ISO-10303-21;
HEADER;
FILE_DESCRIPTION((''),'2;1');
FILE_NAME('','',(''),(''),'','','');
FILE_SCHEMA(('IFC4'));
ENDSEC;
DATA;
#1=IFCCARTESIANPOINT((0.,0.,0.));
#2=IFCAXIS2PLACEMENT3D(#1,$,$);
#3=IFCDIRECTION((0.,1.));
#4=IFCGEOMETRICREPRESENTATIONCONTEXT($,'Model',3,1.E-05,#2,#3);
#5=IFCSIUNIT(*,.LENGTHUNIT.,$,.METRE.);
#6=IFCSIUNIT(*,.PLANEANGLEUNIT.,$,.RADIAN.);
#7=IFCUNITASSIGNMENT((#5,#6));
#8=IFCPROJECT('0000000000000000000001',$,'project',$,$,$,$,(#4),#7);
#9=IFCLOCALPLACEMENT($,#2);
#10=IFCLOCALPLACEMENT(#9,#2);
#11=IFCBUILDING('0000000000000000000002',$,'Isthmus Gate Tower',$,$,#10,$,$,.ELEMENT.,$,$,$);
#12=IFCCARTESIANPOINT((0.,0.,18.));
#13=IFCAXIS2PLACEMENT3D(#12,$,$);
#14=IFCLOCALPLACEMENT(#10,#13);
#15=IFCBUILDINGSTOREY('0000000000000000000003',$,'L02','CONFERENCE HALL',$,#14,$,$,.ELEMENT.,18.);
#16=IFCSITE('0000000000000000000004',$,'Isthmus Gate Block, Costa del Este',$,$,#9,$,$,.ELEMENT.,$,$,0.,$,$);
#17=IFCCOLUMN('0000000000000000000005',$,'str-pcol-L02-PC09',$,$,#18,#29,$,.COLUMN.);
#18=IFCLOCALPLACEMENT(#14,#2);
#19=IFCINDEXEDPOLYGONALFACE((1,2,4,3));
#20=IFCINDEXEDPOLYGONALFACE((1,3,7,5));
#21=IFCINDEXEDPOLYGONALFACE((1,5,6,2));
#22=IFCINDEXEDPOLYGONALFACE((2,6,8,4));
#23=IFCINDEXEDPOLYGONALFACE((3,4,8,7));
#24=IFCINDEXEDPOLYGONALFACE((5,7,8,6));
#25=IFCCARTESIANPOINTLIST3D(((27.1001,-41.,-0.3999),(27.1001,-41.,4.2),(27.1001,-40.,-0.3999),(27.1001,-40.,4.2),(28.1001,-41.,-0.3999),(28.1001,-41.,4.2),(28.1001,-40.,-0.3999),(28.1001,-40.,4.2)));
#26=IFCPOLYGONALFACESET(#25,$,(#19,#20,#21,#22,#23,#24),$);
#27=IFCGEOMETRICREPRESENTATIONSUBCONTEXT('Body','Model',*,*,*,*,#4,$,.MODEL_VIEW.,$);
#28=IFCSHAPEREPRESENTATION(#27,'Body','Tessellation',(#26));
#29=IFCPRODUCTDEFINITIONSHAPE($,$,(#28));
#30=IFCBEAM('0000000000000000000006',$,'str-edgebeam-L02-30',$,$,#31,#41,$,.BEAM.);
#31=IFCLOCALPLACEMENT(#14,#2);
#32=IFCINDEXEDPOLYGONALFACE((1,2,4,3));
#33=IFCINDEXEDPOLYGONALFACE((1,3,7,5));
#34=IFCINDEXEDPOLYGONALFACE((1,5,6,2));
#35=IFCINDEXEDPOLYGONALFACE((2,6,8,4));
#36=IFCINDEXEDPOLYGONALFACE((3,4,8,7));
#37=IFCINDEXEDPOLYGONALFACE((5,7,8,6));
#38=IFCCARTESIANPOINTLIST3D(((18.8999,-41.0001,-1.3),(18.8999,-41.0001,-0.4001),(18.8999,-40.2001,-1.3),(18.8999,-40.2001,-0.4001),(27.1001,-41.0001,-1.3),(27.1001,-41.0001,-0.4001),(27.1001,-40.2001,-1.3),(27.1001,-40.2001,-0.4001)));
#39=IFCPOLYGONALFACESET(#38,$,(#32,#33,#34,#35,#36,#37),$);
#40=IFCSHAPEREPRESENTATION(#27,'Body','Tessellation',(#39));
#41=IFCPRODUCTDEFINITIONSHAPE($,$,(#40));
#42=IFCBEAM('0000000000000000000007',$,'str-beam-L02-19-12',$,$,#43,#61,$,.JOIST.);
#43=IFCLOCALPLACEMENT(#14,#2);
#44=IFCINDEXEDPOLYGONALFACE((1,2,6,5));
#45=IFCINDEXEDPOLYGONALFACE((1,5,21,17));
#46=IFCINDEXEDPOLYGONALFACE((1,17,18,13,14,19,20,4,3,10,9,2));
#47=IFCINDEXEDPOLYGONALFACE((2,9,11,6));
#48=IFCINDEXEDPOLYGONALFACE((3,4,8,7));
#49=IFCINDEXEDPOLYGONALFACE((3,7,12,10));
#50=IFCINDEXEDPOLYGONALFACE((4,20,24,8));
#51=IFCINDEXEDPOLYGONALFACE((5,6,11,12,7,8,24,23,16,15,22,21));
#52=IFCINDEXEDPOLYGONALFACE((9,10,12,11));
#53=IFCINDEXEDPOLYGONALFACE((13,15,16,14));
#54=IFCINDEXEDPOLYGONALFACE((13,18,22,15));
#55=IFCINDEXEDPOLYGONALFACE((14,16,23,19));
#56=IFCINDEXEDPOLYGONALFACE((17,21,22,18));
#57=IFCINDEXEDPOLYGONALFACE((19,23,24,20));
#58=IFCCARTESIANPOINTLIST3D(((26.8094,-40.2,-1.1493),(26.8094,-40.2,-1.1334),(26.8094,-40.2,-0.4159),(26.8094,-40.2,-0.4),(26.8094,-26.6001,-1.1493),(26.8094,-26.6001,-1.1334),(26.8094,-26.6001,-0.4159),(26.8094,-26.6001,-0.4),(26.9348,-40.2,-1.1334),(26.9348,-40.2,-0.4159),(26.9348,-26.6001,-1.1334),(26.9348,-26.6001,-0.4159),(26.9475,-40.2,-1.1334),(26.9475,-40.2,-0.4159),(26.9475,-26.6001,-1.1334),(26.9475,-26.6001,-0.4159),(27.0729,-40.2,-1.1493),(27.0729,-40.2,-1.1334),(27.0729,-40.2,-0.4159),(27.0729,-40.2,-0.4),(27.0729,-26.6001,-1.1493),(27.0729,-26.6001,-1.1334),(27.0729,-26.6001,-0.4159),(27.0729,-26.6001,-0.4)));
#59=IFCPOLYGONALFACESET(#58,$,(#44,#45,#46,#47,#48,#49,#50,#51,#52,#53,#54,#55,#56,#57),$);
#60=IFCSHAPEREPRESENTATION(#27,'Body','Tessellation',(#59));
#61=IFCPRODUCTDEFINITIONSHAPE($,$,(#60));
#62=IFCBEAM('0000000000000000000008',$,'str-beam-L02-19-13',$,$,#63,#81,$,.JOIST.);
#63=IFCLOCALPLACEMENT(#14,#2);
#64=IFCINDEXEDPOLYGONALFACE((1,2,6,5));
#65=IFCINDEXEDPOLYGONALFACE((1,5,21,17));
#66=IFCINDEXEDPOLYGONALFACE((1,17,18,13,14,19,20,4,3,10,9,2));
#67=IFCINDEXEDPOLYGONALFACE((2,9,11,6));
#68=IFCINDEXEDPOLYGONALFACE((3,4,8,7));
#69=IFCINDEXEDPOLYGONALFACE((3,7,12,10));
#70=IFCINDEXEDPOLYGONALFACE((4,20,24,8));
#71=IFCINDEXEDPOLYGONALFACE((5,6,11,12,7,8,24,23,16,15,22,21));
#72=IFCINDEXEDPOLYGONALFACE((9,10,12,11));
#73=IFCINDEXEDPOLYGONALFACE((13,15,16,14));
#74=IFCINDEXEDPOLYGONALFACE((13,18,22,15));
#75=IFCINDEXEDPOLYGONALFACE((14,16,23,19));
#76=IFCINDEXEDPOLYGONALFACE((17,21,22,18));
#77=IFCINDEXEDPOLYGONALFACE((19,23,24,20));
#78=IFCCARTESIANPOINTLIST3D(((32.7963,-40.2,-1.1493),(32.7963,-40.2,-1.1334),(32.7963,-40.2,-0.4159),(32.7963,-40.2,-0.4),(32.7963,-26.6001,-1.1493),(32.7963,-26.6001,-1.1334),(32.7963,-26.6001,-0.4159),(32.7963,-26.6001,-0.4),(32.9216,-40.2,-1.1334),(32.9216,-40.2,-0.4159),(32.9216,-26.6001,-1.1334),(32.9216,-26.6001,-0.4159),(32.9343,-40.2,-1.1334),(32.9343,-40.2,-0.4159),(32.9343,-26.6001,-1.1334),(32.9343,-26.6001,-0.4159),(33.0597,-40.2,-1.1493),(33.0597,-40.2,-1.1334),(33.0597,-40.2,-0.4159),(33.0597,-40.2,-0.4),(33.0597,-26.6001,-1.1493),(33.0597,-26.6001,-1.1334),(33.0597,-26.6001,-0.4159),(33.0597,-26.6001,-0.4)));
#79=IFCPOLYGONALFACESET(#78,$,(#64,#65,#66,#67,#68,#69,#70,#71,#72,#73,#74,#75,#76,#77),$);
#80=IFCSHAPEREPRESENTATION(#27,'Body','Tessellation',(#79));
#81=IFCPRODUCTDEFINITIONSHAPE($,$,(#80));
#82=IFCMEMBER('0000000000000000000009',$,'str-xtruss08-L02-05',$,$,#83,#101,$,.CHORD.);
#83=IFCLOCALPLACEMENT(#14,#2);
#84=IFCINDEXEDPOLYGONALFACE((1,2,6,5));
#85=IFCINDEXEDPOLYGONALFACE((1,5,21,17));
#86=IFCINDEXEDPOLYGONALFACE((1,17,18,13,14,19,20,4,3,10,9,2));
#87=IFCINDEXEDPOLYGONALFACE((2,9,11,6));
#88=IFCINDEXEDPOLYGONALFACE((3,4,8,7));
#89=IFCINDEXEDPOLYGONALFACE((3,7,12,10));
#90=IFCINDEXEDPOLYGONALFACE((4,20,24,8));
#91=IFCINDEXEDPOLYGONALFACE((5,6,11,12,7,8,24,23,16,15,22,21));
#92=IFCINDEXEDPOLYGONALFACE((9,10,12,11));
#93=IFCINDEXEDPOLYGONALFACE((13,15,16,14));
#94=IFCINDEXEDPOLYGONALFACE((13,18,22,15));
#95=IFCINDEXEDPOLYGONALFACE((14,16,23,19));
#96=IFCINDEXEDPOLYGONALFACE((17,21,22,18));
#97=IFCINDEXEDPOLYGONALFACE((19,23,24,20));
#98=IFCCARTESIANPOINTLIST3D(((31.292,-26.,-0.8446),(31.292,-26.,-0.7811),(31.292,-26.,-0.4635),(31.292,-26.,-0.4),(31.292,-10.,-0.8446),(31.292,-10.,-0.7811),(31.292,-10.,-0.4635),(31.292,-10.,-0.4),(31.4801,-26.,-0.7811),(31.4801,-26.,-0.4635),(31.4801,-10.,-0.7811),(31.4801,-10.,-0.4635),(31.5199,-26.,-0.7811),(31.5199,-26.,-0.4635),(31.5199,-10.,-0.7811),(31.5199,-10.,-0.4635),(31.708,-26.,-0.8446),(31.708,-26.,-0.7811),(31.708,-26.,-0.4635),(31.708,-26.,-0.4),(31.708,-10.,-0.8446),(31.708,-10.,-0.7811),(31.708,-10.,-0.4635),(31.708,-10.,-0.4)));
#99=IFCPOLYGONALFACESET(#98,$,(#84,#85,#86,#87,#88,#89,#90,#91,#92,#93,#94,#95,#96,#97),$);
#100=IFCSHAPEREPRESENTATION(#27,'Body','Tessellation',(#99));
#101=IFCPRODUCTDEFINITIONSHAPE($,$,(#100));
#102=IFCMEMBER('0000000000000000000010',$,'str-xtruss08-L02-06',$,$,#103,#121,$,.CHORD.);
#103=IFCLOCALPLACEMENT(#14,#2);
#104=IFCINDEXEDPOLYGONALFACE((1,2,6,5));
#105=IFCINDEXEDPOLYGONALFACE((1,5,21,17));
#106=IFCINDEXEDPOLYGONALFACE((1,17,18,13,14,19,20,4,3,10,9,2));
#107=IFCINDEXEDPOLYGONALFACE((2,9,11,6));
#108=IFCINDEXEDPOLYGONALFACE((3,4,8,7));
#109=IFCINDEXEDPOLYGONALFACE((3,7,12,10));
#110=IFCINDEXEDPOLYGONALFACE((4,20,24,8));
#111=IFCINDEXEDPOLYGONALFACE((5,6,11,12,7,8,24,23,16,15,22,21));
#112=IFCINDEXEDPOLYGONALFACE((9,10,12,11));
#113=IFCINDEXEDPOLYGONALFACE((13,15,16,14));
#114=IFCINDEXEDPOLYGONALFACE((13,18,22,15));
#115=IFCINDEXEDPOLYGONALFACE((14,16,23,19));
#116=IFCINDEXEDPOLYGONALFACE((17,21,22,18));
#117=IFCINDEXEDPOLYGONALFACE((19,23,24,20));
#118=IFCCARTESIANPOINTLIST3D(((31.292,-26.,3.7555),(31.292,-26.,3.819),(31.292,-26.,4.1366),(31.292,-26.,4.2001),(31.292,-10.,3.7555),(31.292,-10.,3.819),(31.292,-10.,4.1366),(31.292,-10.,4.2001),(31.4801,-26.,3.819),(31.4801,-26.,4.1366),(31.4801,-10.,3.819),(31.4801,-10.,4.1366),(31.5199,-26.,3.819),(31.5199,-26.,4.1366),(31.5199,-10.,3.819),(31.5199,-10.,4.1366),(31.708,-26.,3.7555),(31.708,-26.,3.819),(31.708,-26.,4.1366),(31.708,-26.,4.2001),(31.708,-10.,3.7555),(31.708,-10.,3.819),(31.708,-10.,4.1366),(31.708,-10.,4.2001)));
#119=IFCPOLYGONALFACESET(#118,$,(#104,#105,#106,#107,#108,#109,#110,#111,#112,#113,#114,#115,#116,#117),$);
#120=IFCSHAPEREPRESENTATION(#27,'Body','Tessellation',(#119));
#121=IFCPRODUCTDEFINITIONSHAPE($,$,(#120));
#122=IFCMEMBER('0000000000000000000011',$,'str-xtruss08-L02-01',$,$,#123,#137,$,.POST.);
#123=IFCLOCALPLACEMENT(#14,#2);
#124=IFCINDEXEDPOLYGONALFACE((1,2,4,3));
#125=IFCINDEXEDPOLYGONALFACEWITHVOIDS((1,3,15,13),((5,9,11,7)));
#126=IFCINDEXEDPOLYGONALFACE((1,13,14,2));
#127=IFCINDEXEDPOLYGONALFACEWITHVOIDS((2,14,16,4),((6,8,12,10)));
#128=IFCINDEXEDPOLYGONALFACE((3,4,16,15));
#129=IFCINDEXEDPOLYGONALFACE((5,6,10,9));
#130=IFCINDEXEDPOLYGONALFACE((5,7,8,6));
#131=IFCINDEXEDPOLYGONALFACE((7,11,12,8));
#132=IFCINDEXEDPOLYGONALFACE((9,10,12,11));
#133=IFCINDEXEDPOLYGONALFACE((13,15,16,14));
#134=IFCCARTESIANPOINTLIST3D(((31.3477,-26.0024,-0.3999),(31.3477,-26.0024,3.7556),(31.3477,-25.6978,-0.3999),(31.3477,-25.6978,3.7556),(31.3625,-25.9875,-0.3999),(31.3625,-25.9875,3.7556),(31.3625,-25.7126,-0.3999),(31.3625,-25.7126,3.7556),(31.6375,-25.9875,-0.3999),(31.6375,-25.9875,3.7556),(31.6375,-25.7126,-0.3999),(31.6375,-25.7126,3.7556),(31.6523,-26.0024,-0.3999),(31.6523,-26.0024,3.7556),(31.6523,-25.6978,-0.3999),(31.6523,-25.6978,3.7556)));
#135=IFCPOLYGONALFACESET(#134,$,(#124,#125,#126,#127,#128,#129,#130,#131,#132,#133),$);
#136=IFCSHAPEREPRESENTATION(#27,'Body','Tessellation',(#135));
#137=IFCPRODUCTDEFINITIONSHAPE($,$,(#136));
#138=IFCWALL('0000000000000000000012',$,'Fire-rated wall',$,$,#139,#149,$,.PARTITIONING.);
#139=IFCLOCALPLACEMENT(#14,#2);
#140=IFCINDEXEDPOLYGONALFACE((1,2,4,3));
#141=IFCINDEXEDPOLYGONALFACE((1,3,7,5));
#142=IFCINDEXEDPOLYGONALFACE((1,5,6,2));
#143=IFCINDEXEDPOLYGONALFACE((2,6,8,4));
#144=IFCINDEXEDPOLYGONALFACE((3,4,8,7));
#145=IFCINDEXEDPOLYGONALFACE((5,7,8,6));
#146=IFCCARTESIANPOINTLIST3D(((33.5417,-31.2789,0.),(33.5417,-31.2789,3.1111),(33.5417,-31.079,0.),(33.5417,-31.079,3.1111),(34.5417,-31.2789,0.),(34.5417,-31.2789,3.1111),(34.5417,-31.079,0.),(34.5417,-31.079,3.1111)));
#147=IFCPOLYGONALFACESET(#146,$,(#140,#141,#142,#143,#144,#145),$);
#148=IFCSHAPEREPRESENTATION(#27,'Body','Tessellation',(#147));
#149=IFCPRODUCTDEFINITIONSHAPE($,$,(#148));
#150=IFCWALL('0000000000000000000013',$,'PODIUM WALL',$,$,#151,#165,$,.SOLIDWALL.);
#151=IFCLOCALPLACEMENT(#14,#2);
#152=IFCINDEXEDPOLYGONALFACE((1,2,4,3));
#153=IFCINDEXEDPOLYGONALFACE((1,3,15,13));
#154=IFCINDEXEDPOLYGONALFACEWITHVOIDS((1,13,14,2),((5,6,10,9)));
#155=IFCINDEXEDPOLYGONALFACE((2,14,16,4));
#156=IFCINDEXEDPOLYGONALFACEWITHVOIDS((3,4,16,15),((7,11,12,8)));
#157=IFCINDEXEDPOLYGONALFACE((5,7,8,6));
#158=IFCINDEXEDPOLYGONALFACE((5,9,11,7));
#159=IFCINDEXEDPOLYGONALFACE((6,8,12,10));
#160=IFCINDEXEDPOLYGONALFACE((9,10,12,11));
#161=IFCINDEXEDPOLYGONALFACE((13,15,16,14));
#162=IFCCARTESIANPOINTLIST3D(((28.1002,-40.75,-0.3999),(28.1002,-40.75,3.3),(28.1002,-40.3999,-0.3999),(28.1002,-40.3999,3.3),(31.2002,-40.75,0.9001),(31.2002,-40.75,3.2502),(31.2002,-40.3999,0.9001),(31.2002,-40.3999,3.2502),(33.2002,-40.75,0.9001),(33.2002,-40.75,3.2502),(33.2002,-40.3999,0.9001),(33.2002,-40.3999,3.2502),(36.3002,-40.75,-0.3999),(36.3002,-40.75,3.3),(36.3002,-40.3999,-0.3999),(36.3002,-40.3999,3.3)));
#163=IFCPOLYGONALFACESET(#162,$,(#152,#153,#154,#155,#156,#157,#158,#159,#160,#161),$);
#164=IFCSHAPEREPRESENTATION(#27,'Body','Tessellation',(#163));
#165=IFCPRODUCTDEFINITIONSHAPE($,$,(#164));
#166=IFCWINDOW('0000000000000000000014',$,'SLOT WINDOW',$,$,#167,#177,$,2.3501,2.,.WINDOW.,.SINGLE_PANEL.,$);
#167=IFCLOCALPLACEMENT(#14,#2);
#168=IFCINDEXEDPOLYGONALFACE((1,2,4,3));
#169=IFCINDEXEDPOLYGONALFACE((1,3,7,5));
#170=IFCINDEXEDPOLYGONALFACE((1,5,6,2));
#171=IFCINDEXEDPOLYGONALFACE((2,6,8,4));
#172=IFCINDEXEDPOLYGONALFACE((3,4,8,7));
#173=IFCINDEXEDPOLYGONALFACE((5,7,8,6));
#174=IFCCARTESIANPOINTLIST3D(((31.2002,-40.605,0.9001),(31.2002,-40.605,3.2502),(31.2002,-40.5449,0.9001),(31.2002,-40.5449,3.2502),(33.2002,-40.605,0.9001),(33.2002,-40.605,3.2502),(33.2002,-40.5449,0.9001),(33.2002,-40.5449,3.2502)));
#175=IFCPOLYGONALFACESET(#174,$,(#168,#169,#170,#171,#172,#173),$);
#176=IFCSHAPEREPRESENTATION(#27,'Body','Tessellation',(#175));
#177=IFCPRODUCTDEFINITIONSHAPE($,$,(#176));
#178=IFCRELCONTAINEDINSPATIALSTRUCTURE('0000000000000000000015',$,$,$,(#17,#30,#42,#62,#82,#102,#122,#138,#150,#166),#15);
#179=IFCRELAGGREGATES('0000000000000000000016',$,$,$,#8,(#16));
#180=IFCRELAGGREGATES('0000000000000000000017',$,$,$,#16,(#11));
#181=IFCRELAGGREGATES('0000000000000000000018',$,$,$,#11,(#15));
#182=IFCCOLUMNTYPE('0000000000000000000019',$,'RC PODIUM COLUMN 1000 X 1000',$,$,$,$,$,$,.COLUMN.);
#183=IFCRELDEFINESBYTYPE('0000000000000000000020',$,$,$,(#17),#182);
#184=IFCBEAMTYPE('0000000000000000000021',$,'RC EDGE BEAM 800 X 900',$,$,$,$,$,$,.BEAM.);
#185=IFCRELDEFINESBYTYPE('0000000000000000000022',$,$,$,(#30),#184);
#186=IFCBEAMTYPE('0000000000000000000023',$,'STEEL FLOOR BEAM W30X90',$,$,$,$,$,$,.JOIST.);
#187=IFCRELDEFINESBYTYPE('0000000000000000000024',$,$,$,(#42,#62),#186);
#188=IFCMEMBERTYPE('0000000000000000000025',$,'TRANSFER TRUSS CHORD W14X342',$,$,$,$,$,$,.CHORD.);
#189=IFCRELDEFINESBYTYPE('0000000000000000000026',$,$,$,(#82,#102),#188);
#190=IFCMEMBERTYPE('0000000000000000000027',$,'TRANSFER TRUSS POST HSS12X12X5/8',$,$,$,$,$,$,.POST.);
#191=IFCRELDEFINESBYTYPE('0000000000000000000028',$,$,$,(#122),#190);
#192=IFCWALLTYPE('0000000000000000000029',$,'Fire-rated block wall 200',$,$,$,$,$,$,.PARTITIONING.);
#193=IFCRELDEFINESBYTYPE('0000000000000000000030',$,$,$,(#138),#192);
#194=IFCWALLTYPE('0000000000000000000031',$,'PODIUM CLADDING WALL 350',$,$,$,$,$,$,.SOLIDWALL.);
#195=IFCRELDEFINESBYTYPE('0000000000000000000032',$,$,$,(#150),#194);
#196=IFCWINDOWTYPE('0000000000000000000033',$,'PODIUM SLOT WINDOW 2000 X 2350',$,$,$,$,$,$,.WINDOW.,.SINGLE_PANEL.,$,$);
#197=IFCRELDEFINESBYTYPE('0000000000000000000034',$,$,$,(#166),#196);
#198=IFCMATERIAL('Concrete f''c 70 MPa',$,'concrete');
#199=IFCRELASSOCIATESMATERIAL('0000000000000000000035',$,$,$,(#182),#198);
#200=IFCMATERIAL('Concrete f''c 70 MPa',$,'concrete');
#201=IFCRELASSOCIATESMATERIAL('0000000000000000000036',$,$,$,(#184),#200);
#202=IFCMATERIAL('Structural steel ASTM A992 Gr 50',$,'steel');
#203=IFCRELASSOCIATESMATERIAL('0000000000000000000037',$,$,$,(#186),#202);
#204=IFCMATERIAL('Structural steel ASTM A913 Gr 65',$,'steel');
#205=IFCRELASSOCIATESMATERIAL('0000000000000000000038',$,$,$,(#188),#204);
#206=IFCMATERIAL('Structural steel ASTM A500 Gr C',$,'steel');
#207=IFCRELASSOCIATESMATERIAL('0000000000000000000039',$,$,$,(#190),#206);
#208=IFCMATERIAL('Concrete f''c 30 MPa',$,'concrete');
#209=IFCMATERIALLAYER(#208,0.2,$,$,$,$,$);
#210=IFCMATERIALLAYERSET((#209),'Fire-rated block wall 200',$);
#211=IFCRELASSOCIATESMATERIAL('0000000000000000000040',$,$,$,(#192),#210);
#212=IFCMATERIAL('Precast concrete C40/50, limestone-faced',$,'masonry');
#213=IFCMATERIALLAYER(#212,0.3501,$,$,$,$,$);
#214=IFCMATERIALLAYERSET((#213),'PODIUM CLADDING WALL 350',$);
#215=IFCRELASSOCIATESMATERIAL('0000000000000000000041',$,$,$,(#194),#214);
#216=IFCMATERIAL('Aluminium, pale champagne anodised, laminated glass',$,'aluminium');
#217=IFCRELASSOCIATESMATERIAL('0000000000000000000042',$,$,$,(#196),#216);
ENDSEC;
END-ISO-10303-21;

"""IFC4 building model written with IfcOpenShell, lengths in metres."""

from ifc_helpers import new_model, si_unit, direction, frame, frame_2d, origin, origin_2d, place, context, subcontext, project, spatial, rectangle, hollow_rectangle, i_section, extrude, material, layer, layer_set, material_profile, profile_set, type_object, element, fill, save


model = new_model("IFC4")

# Units and contexts
model_context = context("Model", 3, precision=1e-05, world=origin(), true_north=direction((0.0, 1.0)))
body_context = subcontext(model_context, "Body", "Model", "MODEL_VIEW")
ifc_project = project(units=[si_unit("LENGTHUNIT", "METRE"), si_unit("PLANEANGLEUNIT", "RADIAN")], contexts=[model_context])

# Site, building, storey
site_placement = place(None, origin())
site = spatial("IfcSite", under=ifc_project, at=site_placement, Name="Isthmus Gate Block, Costa del Este", CompositionType="ELEMENT", RefElevation=0.0)
building_placement = place(site_placement, origin())
building = spatial("IfcBuilding", under=site, at=building_placement, Name="Isthmus Gate Tower", CompositionType="ELEMENT")
storey_placement = place(building_placement, frame((0.0, 0.0, 18.0)))
storey = spatial("IfcBuildingStorey", under=building, at=storey_placement, Name="L02", Description="CONFERENCE HALL", CompositionType="ELEMENT", Elevation=18.0)

# Column
ifc_material_1 = material(Name="Concrete f'c 70 MPa", Category="concrete")
ifc_material_profile_1 = material_profile(ifc_material_1, rectangle(XDim=1.0, YDim=1.0, at=origin_2d()), Name="RC 1000X1000")
ifc_profile_set_1 = profile_set([ifc_material_profile_1], Name="Concrete f'c 70 MPa")
column_type = type_object("IfcColumnType", Name="RC PODIUM COLUMN 1000 X 1000", PredefinedType="COLUMN", material=ifc_profile_set_1)
column_placement = place(storey_placement, frame((27.6001, -40.5, -0.3999), z_axis=(0.0, 0.0, 1.0), x_axis=(1.0, 0.0, 0.0)))
element("IfcColumn", 1, at=column_placement, inside=storey, type_object=column_type, Name="str-pcol-L02-PC09", PredefinedType="COLUMN", context=body_context, shape_type="SweptSolid", body=[
    extrude(rectangle(XDim=1.0, YDim=1.0, at=origin_2d()), origin(), (0.0, 0.0, 1.0), 4.5999),
])

# Beams
ifc_material_2 = material(Name="Concrete f'c 70 MPa", Category="concrete")
ifc_material_profile_2 = material_profile(ifc_material_2, rectangle(XDim=0.8, YDim=0.8999, at=origin_2d()), Name="RC 800X900")
ifc_profile_set_2 = profile_set([ifc_material_profile_2], Name="Concrete f'c 70 MPa")
beam_type_1 = type_object("IfcBeamType", Name="RC EDGE BEAM 800 X 900", PredefinedType="BEAM", material=ifc_profile_set_2)
beam_placement = place(storey_placement, frame((27.1001, -40.6001, -0.8501), z_axis=(-1.0, 0.0, 0.0), x_axis=(0.0, -1.0, 0.0)))
element("IfcBeam", 2, at=beam_placement, inside=storey, type_object=beam_type_1, Name="str-edgebeam-L02-30", PredefinedType="BEAM", context=body_context, shape_type="SweptSolid", body=[
    extrude(rectangle(XDim=0.8, YDim=0.8999, at=origin_2d()), origin(), (0.0, 0.0, 1.0), 8.2002),
])
ifc_material_3 = material(Name="Structural steel ASTM A992 Gr 50", Category="steel")
ifc_material_profile_3 = material_profile(ifc_material_3, i_section(OverallWidth=0.2634, OverallDepth=0.7493, WebThickness=0.0127, FlangeThickness=0.0159, at=origin_2d()), Name="W30X90")
ifc_profile_set_3 = profile_set([ifc_material_profile_3], Name="Structural steel ASTM A992 Gr 50")
beam_type_2 = type_object("IfcBeamType", Name="STEEL FLOOR BEAM W30X90", PredefinedType="JOIST", material=ifc_profile_set_3)
for number, where, z_axis, x_axis, name in (
    (3, (26.9412, -40.2, -0.7747), (0.0, 1.0, 0.0), (-1.0, 0.0, 0.0), "str-beam-L02-19-12"),
    (4, (32.928, -40.2, -0.7747), (0.0, 1.0, 0.0), (-1.0, 0.0, 0.0), "str-beam-L02-19-13"),
):
    element("IfcBeam", number, at=place(storey_placement, frame(where, z_axis=z_axis, x_axis=x_axis)), inside=storey, type_object=beam_type_2, Name=name, PredefinedType="JOIST", context=body_context, shape_type="SweptSolid", body=[
        extrude(i_section(OverallWidth=0.2634, OverallDepth=0.7493, WebThickness=0.0127, FlangeThickness=0.0159, at=origin_2d()), origin(), (0.0, 0.0, 1.0), 13.5999),
    ])

# Members
ifc_material_4 = material(Name="Structural steel ASTM A913 Gr 65", Category="steel")
ifc_material_profile_4 = material_profile(ifc_material_4, i_section(OverallWidth=0.416, OverallDepth=0.4446, WebThickness=0.0398, FlangeThickness=0.0635, at=origin_2d()), Name="W14X342")
ifc_profile_set_4 = profile_set([ifc_material_profile_4], Name="Structural steel ASTM A913 Gr 65")
member_type_1 = type_object("IfcMemberType", Name="TRANSFER TRUSS CHORD W14X342", PredefinedType="CHORD", material=ifc_profile_set_4)
for number, where, z_axis, x_axis, name in (
    (5, (31.5, -26.0, -0.6223), (0.0, 1.0, 0.0), (-1.0, 0.0, 0.0), "str-xtruss08-L02-05"),
    (6, (31.5, -26.0, 3.9778), (0.0, 1.0, 0.0), (-1.0, 0.0, 0.0), "str-xtruss08-L02-06"),
):
    element("IfcMember", number, at=place(storey_placement, frame(where, z_axis=z_axis, x_axis=x_axis)), inside=storey, type_object=member_type_1, Name=name, PredefinedType="CHORD", context=body_context, shape_type="SweptSolid", body=[
        extrude(i_section(OverallWidth=0.416, OverallDepth=0.4446, WebThickness=0.0398, FlangeThickness=0.0635, at=origin_2d()), origin(), (0.0, 0.0, 1.0), 16.0),
    ])
ifc_material_5 = material(Name="Structural steel ASTM A500 Gr C", Category="steel")
ifc_material_profile_5 = material_profile(ifc_material_5, hollow_rectangle(XDim=0.3047, YDim=0.3047, WallThickness=0.0149, at=origin_2d()), Name="HSS12X12X5/8")
ifc_profile_set_5 = profile_set([ifc_material_profile_5], Name="Structural steel ASTM A500 Gr C")
member_type_2 = type_object("IfcMemberType", Name="TRANSFER TRUSS POST HSS12X12X5/8", PredefinedType="POST", material=ifc_profile_set_5)
member_placement = place(storey_placement, frame((31.5, -25.8501, -0.3999), z_axis=(0.0, 0.0, 1.0), x_axis=(1.0, 0.0, 0.0)))
element("IfcMember", 7, at=member_placement, inside=storey, type_object=member_type_2, Name="str-xtruss08-L02-01", PredefinedType="POST", context=body_context, shape_type="SweptSolid", body=[
    extrude(hollow_rectangle(XDim=0.3047, YDim=0.3047, WallThickness=0.0149, at=origin_2d()), origin(), (0.0, 0.0, 1.0), 4.1555),
])

# Wall
ifc_material_6 = material(Name="Concrete f'c 30 MPa", Category="concrete")
ifc_layer_1 = layer(ifc_material_6, 0.2)
ifc_layer_set_1 = layer_set([ifc_layer_1], Name="Fire-rated block wall 200")
wall_type_1 = type_object("IfcWallType", Name="Fire-rated block wall 200", PredefinedType="PARTITIONING", material=ifc_layer_set_1)
wall_1_placement = place(storey_placement, frame((33.5417, -31.179, 0.0), z_axis=(0.0, 0.0, 1.0), x_axis=(1.0, 0.0, 0.0)))
element("IfcWall", 8, at=wall_1_placement, inside=storey, type_object=wall_type_1, Name="Fire-rated wall", PredefinedType="PARTITIONING", context=body_context, shape_type="SweptSolid", body=[
    extrude(rectangle(XDim=1.0, YDim=0.2, at=frame_2d((0.5, 0.0))), origin(), (0.0, 0.0, 1.0), 3.1111),
])

# Wall, opening, window
ifc_material_7 = material(Name="Precast concrete C40/50, limestone-faced", Category="masonry")
ifc_layer_2 = layer(ifc_material_7, 0.3501)
ifc_layer_set_2 = layer_set([ifc_layer_2], Name="PODIUM CLADDING WALL 350")
wall_type_2 = type_object("IfcWallType", Name="PODIUM CLADDING WALL 350", PredefinedType="SOLIDWALL", material=ifc_layer_set_2)
wall_2_placement = place(storey_placement, frame((28.1001, -40.575, -0.3999), z_axis=(0.0, 0.0, 1.0), x_axis=(1.0, 0.0, 0.0)))
wall_2 = element("IfcWall", 9, at=wall_2_placement, inside=storey, type_object=wall_type_2, Name="PODIUM WALL", PredefinedType="SOLIDWALL", context=body_context, shape_type="SweptSolid", body=[
    extrude(rectangle(XDim=8.2, YDim=0.3501, at=frame_2d((4.1001, 0.0))), origin(), (0.0, 0.0, 1.0), 3.7),
])
opening_1_placement = place(wall_2_placement, frame((3.1001, 0.0, 1.3)))
opening_1 = element("IfcOpeningElement", 10, at=opening_1_placement, cuts=wall_2, PredefinedType="OPENING", context=body_context, shape_type="SweptSolid", body=[
    extrude(rectangle(XDim=2.0, YDim=2.3501, at=frame_2d((1.0, 1.175))), frame((0.0, 0.1851, 0.0), z_axis=(0.0, -1.0, 0.0), x_axis=(1.0, 0.0, 0.0)), (0.0, 0.0, 1.0), 0.3701),
])
ifc_material_8 = material(Name="Aluminium, pale champagne anodised, laminated glass", Category="aluminium")
window_type = type_object("IfcWindowType", Name="PODIUM SLOT WINDOW 2000 X 2350", PartitioningType="SINGLE_PANEL", PredefinedType="WINDOW", material=ifc_material_8)
window_placement = place(opening_1_placement, origin())
window = element("IfcWindow", 11, at=window_placement, inside=storey, type_object=window_type, Name="SLOT WINDOW", OverallHeight=2.3501, OverallWidth=2.0, PartitioningType="SINGLE_PANEL", PredefinedType="WINDOW", context=body_context, shape_type="SweptSolid", body=[
    extrude(rectangle(XDim=2.0, YDim=2.3501, at=frame_2d((1.0, 1.175))), frame((0.0, 0.03, 0.0), z_axis=(0.0, -1.0, 0.0), x_axis=(1.0, 0.0, 0.0)), (0.0, 0.0, 1.0), 0.0601),
])
fill(opening_1, window)

save(model, "model.ifc")
